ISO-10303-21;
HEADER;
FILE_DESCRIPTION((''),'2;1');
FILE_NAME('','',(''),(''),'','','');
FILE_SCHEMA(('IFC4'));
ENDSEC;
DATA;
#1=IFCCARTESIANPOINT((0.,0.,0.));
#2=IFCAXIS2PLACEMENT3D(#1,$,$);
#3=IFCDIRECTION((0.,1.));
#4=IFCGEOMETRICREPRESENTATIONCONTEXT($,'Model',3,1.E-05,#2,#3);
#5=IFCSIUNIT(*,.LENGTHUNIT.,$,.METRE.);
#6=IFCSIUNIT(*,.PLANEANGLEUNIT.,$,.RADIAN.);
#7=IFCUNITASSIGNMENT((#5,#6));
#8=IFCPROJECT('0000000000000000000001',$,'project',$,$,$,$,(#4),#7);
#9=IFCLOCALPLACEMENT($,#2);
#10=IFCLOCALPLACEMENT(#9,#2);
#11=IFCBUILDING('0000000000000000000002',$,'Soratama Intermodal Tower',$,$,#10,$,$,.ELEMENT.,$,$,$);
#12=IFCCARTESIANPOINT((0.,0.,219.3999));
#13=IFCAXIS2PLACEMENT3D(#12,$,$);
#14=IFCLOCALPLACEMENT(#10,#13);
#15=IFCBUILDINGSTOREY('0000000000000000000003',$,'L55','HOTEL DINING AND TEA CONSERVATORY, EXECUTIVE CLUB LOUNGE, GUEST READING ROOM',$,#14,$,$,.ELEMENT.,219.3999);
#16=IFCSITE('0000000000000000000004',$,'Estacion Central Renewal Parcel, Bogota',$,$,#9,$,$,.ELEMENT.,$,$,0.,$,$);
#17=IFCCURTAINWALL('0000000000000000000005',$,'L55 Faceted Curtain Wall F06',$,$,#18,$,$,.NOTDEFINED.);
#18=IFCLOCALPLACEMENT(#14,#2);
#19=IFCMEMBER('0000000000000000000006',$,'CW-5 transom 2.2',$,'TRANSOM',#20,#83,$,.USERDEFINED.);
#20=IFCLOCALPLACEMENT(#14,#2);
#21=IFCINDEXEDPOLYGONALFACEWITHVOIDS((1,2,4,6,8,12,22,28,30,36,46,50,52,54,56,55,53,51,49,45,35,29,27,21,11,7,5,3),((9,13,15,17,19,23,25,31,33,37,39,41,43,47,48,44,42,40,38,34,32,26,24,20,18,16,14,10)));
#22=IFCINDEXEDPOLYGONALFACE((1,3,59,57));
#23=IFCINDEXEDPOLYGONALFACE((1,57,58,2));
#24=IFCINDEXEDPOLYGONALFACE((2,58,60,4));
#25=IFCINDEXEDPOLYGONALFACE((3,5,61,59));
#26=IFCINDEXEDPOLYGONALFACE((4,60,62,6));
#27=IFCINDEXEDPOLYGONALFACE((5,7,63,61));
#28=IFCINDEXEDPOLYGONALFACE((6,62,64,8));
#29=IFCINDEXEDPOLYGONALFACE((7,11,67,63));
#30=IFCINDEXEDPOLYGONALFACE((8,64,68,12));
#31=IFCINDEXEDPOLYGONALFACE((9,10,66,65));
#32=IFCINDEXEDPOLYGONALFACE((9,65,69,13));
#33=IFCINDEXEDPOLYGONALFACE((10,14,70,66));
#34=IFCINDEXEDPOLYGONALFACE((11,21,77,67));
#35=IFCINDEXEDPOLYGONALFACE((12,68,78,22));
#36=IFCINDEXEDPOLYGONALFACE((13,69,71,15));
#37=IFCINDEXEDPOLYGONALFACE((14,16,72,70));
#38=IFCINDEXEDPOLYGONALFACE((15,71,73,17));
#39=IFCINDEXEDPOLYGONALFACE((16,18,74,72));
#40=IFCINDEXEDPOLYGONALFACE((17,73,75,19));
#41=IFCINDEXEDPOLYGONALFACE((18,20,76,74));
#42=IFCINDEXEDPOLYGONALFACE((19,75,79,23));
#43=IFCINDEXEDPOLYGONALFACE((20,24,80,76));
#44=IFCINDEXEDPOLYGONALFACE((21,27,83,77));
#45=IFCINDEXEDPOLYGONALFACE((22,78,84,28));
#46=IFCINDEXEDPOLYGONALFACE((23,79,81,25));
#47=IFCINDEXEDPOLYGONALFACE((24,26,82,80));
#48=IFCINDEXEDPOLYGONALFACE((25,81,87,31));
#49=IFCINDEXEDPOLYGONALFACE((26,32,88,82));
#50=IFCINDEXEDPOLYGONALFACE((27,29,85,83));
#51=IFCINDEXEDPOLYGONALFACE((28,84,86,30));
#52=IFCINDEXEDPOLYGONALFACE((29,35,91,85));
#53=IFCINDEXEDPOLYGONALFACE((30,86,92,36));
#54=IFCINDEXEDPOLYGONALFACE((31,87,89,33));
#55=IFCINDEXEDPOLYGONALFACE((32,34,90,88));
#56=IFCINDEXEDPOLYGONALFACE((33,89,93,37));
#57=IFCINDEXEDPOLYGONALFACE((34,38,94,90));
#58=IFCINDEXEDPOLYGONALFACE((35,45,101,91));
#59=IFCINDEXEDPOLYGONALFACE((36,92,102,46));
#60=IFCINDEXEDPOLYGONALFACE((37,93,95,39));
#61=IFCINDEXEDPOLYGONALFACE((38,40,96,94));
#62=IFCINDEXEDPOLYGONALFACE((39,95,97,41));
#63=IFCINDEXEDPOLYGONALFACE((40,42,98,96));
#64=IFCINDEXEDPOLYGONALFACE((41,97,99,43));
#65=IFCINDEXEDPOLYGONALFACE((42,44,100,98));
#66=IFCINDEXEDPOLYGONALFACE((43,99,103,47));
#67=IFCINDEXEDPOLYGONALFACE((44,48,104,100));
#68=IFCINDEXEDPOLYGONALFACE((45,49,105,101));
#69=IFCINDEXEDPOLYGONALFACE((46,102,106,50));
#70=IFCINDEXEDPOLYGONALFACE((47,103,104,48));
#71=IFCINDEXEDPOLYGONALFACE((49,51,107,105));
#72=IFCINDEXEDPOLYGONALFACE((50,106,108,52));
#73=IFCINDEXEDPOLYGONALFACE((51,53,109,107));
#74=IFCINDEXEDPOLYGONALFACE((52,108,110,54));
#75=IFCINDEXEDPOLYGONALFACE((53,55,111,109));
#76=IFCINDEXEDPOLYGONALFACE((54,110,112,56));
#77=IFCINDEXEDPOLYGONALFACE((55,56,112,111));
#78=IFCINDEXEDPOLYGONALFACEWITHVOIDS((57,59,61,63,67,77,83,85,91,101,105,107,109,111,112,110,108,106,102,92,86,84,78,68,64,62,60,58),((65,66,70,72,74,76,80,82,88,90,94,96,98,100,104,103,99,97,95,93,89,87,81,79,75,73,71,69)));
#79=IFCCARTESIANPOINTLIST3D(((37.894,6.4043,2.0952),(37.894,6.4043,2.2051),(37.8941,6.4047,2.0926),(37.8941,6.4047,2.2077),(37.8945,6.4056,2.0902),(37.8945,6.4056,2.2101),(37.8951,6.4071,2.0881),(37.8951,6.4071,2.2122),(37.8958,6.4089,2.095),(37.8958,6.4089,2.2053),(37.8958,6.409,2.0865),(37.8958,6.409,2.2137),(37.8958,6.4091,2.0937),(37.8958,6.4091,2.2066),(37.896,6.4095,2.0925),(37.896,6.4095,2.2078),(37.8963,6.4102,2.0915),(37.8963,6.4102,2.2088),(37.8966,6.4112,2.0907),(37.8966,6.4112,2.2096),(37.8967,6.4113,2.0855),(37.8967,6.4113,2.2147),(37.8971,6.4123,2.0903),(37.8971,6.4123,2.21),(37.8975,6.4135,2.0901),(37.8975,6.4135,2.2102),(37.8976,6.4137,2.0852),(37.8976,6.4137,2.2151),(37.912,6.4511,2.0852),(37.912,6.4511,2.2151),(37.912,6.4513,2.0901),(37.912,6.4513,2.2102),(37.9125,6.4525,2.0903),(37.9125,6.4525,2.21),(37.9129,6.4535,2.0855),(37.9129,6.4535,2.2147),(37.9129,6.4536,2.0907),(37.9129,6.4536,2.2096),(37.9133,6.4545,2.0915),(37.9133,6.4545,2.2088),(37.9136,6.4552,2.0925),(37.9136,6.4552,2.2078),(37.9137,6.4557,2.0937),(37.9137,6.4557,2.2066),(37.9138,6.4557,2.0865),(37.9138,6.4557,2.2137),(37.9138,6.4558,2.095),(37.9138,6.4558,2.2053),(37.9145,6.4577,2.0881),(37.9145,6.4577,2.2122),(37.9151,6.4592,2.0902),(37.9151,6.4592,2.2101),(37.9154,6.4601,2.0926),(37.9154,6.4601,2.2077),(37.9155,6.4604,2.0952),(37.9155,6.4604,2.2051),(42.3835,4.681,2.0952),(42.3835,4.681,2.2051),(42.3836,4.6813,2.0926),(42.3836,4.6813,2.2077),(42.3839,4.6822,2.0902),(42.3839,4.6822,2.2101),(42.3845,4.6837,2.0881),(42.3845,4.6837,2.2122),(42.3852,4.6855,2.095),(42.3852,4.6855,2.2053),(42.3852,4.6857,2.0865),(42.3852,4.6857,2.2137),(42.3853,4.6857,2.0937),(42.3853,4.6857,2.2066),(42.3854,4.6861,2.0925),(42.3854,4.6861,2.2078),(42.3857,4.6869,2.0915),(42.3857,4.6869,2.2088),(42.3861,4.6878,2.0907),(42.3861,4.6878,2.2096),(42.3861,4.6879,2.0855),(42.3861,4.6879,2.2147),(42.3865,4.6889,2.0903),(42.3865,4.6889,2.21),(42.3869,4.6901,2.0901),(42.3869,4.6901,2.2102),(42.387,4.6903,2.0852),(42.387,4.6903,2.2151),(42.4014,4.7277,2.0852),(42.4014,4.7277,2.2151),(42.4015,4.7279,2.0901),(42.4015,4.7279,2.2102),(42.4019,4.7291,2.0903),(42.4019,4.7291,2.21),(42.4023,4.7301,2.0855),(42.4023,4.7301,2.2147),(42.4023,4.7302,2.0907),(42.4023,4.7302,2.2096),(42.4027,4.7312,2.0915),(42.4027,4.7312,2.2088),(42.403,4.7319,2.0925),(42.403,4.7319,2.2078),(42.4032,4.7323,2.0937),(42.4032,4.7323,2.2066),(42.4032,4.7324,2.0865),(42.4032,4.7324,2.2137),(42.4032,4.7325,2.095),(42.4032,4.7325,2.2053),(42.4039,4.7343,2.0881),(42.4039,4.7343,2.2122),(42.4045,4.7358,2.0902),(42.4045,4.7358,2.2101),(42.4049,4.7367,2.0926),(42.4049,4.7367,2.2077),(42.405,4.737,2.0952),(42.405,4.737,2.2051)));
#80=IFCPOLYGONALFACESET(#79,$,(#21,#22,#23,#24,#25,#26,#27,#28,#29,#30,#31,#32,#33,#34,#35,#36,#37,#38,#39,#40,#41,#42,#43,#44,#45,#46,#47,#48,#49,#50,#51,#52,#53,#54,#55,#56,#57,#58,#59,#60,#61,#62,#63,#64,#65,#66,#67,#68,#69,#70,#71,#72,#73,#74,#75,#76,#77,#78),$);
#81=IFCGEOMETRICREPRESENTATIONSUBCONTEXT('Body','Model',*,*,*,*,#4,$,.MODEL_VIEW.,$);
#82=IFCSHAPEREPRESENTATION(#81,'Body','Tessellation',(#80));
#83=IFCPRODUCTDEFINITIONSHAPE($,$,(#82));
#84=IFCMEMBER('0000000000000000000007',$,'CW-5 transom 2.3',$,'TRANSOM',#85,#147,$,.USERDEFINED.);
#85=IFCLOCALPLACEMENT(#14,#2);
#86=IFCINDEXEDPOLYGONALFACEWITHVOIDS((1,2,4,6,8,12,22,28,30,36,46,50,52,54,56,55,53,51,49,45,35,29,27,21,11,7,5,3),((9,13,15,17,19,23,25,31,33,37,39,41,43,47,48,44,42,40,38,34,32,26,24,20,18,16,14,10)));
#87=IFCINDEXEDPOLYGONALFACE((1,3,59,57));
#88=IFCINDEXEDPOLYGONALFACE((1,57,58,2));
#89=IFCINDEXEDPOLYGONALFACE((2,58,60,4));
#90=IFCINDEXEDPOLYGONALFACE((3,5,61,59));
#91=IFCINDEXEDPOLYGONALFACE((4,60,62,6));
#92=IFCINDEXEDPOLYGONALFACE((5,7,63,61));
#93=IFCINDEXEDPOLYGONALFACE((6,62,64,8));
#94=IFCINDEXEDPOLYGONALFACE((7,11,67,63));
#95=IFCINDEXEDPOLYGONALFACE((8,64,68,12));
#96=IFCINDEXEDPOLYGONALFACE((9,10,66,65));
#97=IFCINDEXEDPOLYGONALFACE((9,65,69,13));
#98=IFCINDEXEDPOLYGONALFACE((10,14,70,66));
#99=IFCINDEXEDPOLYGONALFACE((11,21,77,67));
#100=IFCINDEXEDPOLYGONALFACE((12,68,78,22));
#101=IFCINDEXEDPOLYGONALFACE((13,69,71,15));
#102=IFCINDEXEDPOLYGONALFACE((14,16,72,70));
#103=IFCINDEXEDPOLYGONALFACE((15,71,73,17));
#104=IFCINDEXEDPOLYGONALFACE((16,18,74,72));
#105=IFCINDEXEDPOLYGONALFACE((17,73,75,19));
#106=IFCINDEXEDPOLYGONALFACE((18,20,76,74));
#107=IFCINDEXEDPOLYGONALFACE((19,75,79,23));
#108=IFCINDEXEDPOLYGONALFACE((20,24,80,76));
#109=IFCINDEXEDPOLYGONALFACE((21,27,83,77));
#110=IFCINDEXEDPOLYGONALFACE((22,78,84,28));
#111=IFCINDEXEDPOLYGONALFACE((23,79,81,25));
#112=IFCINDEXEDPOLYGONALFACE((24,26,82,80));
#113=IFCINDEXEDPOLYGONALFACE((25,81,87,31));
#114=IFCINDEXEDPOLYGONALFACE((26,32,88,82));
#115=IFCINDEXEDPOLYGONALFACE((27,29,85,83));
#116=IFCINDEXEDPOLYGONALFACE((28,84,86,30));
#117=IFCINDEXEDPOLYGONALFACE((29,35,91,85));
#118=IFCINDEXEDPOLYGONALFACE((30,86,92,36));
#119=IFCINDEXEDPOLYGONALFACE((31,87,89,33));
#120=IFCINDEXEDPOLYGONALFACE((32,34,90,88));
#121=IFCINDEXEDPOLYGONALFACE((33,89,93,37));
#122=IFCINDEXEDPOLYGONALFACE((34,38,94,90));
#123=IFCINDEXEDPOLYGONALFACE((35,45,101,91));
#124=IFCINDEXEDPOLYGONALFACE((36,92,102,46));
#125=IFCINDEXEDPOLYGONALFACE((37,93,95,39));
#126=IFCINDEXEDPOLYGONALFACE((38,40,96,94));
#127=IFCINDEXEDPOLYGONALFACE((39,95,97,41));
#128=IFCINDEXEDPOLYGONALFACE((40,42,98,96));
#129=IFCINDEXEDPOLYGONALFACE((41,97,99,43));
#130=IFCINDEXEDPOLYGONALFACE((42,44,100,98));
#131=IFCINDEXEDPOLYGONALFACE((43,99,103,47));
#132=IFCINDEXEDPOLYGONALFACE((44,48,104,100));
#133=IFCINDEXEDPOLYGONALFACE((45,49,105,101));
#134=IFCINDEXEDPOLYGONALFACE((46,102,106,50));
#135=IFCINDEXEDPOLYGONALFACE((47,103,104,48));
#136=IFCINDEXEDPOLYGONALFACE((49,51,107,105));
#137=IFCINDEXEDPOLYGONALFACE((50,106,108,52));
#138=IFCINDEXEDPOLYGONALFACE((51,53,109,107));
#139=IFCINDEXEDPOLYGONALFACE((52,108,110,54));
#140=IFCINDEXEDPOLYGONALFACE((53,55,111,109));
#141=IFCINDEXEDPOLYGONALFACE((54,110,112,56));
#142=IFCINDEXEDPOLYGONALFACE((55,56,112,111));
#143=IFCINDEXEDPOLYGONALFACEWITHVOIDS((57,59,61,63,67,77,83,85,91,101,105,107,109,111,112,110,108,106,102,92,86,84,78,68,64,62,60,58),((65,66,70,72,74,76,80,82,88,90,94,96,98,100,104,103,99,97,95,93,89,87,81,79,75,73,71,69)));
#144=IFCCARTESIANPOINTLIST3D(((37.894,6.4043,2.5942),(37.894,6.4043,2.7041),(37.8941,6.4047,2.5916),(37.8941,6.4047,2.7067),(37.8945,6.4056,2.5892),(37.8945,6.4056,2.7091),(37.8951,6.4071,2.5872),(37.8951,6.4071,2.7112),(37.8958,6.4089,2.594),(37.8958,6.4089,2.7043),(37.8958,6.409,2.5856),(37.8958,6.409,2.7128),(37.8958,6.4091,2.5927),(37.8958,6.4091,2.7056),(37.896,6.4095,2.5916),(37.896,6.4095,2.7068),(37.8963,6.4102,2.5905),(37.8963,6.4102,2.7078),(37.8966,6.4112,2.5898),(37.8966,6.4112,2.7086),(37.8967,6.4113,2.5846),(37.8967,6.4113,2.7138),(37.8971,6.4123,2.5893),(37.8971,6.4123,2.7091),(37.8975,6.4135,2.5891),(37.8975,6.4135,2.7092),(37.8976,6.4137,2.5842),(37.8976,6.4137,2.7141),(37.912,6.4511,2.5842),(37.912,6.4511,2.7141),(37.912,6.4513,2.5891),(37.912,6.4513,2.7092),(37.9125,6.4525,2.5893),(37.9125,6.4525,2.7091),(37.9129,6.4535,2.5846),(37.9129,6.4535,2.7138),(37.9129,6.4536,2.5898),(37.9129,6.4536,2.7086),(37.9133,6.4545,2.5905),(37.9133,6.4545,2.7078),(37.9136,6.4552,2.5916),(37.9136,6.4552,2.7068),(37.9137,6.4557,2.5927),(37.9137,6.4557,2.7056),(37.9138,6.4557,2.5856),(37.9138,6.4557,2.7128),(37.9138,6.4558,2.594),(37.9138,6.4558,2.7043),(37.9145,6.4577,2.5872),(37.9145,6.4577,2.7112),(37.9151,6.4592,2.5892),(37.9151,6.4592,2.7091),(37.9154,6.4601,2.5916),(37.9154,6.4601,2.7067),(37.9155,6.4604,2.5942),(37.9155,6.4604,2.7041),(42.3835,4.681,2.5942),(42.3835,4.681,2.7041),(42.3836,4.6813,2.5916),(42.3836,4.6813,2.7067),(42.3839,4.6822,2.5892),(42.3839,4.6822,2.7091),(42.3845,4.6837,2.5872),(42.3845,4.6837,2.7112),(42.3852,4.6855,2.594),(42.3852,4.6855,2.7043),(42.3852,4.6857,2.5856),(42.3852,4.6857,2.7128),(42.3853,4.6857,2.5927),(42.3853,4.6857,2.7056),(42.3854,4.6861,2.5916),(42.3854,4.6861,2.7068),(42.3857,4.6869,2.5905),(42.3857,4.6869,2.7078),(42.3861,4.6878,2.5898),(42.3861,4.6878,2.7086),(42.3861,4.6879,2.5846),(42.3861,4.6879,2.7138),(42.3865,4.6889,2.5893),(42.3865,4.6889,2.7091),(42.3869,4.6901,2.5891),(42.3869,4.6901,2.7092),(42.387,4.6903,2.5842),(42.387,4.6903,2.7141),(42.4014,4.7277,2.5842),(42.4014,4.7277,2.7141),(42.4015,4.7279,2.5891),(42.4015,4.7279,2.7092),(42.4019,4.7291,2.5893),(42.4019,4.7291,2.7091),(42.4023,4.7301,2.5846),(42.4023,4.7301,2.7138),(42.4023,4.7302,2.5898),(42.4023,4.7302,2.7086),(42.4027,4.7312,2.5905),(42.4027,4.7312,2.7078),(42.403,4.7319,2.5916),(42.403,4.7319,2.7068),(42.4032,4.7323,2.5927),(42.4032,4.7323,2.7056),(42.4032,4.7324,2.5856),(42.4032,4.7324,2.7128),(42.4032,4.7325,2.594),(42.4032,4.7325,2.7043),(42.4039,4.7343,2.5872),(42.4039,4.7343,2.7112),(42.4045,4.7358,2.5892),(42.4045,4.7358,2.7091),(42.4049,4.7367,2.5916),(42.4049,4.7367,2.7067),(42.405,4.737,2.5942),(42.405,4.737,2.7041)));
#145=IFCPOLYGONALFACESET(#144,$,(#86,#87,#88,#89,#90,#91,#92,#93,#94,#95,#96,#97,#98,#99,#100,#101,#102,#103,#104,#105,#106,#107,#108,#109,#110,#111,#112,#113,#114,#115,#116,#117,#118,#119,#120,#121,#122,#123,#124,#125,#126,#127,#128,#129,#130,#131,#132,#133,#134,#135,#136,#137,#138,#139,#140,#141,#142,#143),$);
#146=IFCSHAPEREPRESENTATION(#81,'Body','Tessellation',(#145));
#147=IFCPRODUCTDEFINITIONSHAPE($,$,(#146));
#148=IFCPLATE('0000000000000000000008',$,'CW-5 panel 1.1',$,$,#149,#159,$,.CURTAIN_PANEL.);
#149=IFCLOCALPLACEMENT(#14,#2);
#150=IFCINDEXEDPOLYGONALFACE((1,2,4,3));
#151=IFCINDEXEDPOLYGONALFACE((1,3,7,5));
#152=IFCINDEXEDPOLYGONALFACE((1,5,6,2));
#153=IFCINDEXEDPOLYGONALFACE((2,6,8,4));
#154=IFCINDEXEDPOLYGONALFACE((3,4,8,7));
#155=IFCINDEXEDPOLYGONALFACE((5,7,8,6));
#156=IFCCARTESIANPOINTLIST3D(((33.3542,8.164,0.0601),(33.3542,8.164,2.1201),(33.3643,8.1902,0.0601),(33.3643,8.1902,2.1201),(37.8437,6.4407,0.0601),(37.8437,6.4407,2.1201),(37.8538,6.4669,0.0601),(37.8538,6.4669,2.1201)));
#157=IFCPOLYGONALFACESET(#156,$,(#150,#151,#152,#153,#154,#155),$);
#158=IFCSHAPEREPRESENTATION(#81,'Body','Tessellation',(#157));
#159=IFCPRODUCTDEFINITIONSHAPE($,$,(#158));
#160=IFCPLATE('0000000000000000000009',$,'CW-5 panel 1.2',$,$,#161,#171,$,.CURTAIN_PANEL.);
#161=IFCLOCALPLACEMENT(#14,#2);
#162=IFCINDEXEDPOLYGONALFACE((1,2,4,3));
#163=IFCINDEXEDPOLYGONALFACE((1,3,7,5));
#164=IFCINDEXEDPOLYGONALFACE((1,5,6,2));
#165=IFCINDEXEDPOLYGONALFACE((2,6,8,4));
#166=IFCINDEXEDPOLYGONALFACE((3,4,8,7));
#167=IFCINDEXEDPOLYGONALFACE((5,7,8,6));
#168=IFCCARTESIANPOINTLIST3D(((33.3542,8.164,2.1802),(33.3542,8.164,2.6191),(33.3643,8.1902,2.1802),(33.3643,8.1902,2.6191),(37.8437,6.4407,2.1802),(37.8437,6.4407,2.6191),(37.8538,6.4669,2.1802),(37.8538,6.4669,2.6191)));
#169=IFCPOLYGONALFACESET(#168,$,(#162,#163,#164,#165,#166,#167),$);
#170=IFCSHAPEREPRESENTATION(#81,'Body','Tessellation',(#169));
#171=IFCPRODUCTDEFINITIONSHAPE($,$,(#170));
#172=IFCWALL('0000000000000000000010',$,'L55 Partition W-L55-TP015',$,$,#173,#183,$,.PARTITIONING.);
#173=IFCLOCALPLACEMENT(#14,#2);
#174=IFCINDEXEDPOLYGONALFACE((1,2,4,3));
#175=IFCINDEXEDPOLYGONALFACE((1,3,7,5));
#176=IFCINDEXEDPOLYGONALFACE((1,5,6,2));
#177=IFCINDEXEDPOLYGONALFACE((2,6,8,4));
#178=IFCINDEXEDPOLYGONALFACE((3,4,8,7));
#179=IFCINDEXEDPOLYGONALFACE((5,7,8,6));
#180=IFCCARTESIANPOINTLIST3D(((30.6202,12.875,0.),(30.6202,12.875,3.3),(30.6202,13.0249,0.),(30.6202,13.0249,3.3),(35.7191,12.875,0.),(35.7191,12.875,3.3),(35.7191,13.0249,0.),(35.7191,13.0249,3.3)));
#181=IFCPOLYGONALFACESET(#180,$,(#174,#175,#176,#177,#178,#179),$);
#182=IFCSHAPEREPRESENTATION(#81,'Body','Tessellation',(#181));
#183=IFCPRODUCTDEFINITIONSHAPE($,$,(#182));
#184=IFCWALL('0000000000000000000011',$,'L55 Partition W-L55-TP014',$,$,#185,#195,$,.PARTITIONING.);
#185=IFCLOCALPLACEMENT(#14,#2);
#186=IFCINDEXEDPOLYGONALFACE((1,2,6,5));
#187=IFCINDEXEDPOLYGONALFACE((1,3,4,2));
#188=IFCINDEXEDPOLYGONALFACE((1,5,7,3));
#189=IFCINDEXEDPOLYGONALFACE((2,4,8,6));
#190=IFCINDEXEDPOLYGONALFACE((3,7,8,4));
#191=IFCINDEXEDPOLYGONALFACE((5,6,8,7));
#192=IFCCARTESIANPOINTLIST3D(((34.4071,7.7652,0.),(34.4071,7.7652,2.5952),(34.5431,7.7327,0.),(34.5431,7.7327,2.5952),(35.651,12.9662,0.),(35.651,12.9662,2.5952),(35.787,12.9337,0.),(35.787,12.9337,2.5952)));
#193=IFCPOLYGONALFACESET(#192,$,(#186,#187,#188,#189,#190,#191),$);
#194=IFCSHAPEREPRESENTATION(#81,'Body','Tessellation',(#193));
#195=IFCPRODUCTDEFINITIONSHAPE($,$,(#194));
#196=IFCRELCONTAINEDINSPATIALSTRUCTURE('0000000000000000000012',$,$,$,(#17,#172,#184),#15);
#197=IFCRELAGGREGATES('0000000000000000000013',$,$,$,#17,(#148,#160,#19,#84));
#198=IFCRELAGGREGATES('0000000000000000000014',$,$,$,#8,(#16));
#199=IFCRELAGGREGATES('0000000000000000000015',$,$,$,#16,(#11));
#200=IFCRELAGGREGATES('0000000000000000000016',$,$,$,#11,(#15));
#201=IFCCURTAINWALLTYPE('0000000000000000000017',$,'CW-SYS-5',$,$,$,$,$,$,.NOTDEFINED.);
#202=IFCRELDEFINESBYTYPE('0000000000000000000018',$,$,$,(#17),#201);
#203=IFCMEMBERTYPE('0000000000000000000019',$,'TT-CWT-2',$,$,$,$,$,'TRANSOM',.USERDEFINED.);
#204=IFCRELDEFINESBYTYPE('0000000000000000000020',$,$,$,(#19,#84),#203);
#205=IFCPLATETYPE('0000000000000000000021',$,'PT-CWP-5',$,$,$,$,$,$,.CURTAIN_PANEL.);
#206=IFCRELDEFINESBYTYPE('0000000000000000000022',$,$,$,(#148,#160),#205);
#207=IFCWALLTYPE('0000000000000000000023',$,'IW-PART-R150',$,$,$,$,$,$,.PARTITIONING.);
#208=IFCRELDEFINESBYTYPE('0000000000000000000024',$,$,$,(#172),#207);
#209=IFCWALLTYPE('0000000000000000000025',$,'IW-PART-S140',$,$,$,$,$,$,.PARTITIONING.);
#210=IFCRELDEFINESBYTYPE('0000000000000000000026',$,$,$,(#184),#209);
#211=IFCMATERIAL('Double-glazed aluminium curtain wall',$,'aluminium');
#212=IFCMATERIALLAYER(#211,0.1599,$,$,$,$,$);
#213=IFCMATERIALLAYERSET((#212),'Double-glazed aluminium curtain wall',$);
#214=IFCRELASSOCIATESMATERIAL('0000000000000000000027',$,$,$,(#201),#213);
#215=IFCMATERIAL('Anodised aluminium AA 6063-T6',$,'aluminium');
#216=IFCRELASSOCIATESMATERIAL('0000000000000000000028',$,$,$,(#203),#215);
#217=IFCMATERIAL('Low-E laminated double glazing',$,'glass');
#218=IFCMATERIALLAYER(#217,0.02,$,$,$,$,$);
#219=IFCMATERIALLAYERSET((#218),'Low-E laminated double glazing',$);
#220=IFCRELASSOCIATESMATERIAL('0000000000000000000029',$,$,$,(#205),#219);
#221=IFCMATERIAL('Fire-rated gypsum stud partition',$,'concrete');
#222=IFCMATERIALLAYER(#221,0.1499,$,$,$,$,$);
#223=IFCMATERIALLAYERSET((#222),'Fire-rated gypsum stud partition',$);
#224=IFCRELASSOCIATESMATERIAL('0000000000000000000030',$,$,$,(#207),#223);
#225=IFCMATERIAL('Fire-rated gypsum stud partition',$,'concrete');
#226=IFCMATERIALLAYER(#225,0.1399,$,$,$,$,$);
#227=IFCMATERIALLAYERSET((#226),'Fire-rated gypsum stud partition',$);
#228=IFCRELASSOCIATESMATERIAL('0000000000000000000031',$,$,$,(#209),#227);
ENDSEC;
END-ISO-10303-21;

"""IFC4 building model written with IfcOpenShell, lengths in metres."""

from ifc_helpers import new_model, si_unit, direction, frame, frame_2d, origin, origin_2d, place, context, subcontext, project, spatial, rectangle, hollow_rectangle, extrude, material, layer, layer_set, material_profile, profile_set, type_object, element, aggregate, save


model = new_model("IFC4")

# Units and contexts
model_context = context("Model", 3, precision=1e-05, world=origin(), true_north=direction((0.0, 1.0)))
body_context = subcontext(model_context, "Body", "Model", "MODEL_VIEW")
ifc_project = project(units=[si_unit("LENGTHUNIT", "METRE"), si_unit("PLANEANGLEUNIT", "RADIAN")], contexts=[model_context])

# Site, building, storey
site_placement = place(None, origin())
site = spatial("IfcSite", under=ifc_project, at=site_placement, Name="Estacion Central Renewal Parcel, Bogota", CompositionType="ELEMENT", RefElevation=0.0)
building_placement = place(site_placement, origin())
building = spatial("IfcBuilding", under=site, at=building_placement, Name="Soratama Intermodal Tower", CompositionType="ELEMENT")
storey_placement = place(building_placement, frame((0.0, 0.0, 219.3999)))
storey = spatial("IfcBuildingStorey", under=building, at=storey_placement, Name="L55", Description="HOTEL DINING AND TEA CONSERVATORY, EXECUTIVE CLUB LOUNGE, GUEST READING ROOM", CompositionType="ELEMENT", Elevation=219.3999)

# Curtain wall, members, plates
ifc_material_1 = material(Name="Double-glazed aluminium curtain wall", Category="aluminium")
ifc_layer_1 = layer(ifc_material_1, 0.1599)
ifc_layer_set_1 = layer_set([ifc_layer_1], Name="Double-glazed aluminium curtain wall")
curtain_wall_type = type_object("IfcCurtainWallType", Name="CW-SYS-5", PredefinedType="NOTDEFINED", material=ifc_layer_set_1)
curtain_wall_placement = place(storey_placement, origin())
curtain_wall = element("IfcCurtainWall", 1, at=curtain_wall_placement, inside=storey, type_object=curtain_wall_type, Name="L55 Faceted Curtain Wall F06", PredefinedType="NOTDEFINED")
ifc_material_2 = material(Name="Anodised aluminium AA 6063-T6", Category="aluminium")
ifc_material_profile_1 = material_profile(ifc_material_2, hollow_rectangle(XDim=0.0601, YDim=0.1299, WallThickness=0.0049, InnerFilletRadius=0.0049, OuterFilletRadius=0.01, at=origin_2d()), Name="CWT130X60X5")
ifc_profile_set_1 = profile_set([ifc_material_profile_1], Name="Anodised aluminium AA 6063-T6")
member_type_1 = type_object("IfcMemberType", Name="TT-CWT-2", ElementType="TRANSOM", PredefinedType="USERDEFINED", material=ifc_profile_set_1)
member_1_placement = place(storey_placement, frame((37.9048, 6.4324, 2.1501), z_axis=(0.933578, -0.358373, 0.0), x_axis=(0.358373, 0.933578, 0.0)))
member_1 = element("IfcMember", 2, at=member_1_placement, type_object=member_type_1, Name="CW-5 transom 2.2", ObjectType="TRANSOM", PredefinedType="USERDEFINED", context=body_context, shape_type="SweptSolid", body=[
    extrude(hollow_rectangle(XDim=0.0601, YDim=0.1299, WallThickness=0.0049, InnerFilletRadius=0.0049, OuterFilletRadius=0.01, at=origin_2d()), origin(), (0.0, 0.0, 1.0), 4.8088),
])
member_2_placement = place(storey_placement, frame((37.9048, 6.4324, 2.6492), z_axis=(0.933578, -0.358373, 0.0), x_axis=(0.358373, 0.933578, 0.0)))
member_2 = element("IfcMember", 3, at=member_2_placement, type_object=member_type_1, Name="CW-5 transom 2.3", ObjectType="TRANSOM", PredefinedType="USERDEFINED", context=body_context, shape_type="SweptSolid", body=[
    extrude(hollow_rectangle(XDim=0.0601, YDim=0.1299, WallThickness=0.0049, InnerFilletRadius=0.0049, OuterFilletRadius=0.01, at=origin_2d()), origin(), (0.0, 0.0, 1.0), 4.8088),
])
ifc_material_3 = material(Name="Low-E laminated double glazing", Category="glass")
ifc_layer_2 = layer(ifc_material_3, 0.02)
ifc_layer_set_2 = layer_set([ifc_layer_2], Name="Low-E laminated double glazing")
plate_type = type_object("IfcPlateType", Name="PT-CWP-5", PredefinedType="CURTAIN_PANEL", material=ifc_layer_set_2)
plate_1_placement = place(storey_placement, frame((35.604, 7.3154, 0.0601), z_axis=(0.0, 0.0, 1.0), x_axis=(0.933584, -0.358359, 0.0)))
plate_1 = element("IfcPlate", 4, at=plate_1_placement, type_object=plate_type, Name="CW-5 panel 1.1", PredefinedType="CURTAIN_PANEL", context=body_context, shape_type="SweptSolid", body=[
    extrude(rectangle(XDim=4.8088, YDim=0.0281, at=origin_2d()), origin(), (0.0, 0.0, 1.0), 2.0601),
])
plate_2_placement = place(storey_placement, frame((35.604, 7.3154, 2.1802), z_axis=(0.0, 0.0, 1.0), x_axis=(0.933584, -0.358359, 0.0)))
plate_2 = element("IfcPlate", 5, at=plate_2_placement, type_object=plate_type, Name="CW-5 panel 1.2", PredefinedType="CURTAIN_PANEL", context=body_context, shape_type="SweptSolid", body=[
    extrude(rectangle(XDim=4.8088, YDim=0.0281, at=origin_2d()), origin(), (0.0, 0.0, 1.0), 0.439),
])
aggregate(curtain_wall, [plate_1, plate_2, member_1, member_2])

# Walls
ifc_material_4 = material(Name="Fire-rated gypsum stud partition", Category="concrete")
ifc_layer_3 = layer(ifc_material_4, 0.1499)
ifc_layer_set_3 = layer_set([ifc_layer_3], Name="Fire-rated gypsum stud partition")
wall_type_1 = type_object("IfcWallType", Name="IW-PART-R150", PredefinedType="PARTITIONING", material=ifc_layer_set_3)
wall_1_placement = place(storey_placement, frame((35.719, 12.95, 0.0), z_axis=(0.0, 0.0, 1.0), x_axis=(-1.0, 0.0, 0.0)))
element("IfcWall", 6, at=wall_1_placement, inside=storey, type_object=wall_type_1, Name="L55 Partition W-L55-TP015", PredefinedType="PARTITIONING", context=body_context, shape_type="SweptSolid", body=[
    extrude(rectangle(XDim=5.0989, YDim=0.1499, at=frame_2d((2.5493, 0.0))), origin(), (0.0, 0.0, 1.0), 3.3),
])
ifc_material_5 = material(Name="Fire-rated gypsum stud partition", Category="concrete")
ifc_layer_4 = layer(ifc_material_5, 0.1399)
ifc_layer_set_4 = layer_set([ifc_layer_4], Name="Fire-rated gypsum stud partition")
wall_type_2 = type_object("IfcWallType", Name="IW-PART-S140", PredefinedType="PARTITIONING", material=ifc_layer_set_4)
wall_2_placement = place(storey_placement, frame((35.719, 12.95, 0.0), z_axis=(0.0, 0.0, 1.0), x_axis=(-0.232608, -0.972571, 0.0)))
element("IfcWall", 7, at=wall_2_placement, inside=storey, type_object=wall_type_2, Name="L55 Partition W-L55-TP014", PredefinedType="PARTITIONING", context=body_context, shape_type="SweptSolid", body=[
    extrude(rectangle(XDim=5.3477, YDim=0.1399, at=frame_2d((2.6738, 0.0))), origin(), (0.0, 0.0, 1.0), 2.5952),
])

save(model, "model.ifc")
